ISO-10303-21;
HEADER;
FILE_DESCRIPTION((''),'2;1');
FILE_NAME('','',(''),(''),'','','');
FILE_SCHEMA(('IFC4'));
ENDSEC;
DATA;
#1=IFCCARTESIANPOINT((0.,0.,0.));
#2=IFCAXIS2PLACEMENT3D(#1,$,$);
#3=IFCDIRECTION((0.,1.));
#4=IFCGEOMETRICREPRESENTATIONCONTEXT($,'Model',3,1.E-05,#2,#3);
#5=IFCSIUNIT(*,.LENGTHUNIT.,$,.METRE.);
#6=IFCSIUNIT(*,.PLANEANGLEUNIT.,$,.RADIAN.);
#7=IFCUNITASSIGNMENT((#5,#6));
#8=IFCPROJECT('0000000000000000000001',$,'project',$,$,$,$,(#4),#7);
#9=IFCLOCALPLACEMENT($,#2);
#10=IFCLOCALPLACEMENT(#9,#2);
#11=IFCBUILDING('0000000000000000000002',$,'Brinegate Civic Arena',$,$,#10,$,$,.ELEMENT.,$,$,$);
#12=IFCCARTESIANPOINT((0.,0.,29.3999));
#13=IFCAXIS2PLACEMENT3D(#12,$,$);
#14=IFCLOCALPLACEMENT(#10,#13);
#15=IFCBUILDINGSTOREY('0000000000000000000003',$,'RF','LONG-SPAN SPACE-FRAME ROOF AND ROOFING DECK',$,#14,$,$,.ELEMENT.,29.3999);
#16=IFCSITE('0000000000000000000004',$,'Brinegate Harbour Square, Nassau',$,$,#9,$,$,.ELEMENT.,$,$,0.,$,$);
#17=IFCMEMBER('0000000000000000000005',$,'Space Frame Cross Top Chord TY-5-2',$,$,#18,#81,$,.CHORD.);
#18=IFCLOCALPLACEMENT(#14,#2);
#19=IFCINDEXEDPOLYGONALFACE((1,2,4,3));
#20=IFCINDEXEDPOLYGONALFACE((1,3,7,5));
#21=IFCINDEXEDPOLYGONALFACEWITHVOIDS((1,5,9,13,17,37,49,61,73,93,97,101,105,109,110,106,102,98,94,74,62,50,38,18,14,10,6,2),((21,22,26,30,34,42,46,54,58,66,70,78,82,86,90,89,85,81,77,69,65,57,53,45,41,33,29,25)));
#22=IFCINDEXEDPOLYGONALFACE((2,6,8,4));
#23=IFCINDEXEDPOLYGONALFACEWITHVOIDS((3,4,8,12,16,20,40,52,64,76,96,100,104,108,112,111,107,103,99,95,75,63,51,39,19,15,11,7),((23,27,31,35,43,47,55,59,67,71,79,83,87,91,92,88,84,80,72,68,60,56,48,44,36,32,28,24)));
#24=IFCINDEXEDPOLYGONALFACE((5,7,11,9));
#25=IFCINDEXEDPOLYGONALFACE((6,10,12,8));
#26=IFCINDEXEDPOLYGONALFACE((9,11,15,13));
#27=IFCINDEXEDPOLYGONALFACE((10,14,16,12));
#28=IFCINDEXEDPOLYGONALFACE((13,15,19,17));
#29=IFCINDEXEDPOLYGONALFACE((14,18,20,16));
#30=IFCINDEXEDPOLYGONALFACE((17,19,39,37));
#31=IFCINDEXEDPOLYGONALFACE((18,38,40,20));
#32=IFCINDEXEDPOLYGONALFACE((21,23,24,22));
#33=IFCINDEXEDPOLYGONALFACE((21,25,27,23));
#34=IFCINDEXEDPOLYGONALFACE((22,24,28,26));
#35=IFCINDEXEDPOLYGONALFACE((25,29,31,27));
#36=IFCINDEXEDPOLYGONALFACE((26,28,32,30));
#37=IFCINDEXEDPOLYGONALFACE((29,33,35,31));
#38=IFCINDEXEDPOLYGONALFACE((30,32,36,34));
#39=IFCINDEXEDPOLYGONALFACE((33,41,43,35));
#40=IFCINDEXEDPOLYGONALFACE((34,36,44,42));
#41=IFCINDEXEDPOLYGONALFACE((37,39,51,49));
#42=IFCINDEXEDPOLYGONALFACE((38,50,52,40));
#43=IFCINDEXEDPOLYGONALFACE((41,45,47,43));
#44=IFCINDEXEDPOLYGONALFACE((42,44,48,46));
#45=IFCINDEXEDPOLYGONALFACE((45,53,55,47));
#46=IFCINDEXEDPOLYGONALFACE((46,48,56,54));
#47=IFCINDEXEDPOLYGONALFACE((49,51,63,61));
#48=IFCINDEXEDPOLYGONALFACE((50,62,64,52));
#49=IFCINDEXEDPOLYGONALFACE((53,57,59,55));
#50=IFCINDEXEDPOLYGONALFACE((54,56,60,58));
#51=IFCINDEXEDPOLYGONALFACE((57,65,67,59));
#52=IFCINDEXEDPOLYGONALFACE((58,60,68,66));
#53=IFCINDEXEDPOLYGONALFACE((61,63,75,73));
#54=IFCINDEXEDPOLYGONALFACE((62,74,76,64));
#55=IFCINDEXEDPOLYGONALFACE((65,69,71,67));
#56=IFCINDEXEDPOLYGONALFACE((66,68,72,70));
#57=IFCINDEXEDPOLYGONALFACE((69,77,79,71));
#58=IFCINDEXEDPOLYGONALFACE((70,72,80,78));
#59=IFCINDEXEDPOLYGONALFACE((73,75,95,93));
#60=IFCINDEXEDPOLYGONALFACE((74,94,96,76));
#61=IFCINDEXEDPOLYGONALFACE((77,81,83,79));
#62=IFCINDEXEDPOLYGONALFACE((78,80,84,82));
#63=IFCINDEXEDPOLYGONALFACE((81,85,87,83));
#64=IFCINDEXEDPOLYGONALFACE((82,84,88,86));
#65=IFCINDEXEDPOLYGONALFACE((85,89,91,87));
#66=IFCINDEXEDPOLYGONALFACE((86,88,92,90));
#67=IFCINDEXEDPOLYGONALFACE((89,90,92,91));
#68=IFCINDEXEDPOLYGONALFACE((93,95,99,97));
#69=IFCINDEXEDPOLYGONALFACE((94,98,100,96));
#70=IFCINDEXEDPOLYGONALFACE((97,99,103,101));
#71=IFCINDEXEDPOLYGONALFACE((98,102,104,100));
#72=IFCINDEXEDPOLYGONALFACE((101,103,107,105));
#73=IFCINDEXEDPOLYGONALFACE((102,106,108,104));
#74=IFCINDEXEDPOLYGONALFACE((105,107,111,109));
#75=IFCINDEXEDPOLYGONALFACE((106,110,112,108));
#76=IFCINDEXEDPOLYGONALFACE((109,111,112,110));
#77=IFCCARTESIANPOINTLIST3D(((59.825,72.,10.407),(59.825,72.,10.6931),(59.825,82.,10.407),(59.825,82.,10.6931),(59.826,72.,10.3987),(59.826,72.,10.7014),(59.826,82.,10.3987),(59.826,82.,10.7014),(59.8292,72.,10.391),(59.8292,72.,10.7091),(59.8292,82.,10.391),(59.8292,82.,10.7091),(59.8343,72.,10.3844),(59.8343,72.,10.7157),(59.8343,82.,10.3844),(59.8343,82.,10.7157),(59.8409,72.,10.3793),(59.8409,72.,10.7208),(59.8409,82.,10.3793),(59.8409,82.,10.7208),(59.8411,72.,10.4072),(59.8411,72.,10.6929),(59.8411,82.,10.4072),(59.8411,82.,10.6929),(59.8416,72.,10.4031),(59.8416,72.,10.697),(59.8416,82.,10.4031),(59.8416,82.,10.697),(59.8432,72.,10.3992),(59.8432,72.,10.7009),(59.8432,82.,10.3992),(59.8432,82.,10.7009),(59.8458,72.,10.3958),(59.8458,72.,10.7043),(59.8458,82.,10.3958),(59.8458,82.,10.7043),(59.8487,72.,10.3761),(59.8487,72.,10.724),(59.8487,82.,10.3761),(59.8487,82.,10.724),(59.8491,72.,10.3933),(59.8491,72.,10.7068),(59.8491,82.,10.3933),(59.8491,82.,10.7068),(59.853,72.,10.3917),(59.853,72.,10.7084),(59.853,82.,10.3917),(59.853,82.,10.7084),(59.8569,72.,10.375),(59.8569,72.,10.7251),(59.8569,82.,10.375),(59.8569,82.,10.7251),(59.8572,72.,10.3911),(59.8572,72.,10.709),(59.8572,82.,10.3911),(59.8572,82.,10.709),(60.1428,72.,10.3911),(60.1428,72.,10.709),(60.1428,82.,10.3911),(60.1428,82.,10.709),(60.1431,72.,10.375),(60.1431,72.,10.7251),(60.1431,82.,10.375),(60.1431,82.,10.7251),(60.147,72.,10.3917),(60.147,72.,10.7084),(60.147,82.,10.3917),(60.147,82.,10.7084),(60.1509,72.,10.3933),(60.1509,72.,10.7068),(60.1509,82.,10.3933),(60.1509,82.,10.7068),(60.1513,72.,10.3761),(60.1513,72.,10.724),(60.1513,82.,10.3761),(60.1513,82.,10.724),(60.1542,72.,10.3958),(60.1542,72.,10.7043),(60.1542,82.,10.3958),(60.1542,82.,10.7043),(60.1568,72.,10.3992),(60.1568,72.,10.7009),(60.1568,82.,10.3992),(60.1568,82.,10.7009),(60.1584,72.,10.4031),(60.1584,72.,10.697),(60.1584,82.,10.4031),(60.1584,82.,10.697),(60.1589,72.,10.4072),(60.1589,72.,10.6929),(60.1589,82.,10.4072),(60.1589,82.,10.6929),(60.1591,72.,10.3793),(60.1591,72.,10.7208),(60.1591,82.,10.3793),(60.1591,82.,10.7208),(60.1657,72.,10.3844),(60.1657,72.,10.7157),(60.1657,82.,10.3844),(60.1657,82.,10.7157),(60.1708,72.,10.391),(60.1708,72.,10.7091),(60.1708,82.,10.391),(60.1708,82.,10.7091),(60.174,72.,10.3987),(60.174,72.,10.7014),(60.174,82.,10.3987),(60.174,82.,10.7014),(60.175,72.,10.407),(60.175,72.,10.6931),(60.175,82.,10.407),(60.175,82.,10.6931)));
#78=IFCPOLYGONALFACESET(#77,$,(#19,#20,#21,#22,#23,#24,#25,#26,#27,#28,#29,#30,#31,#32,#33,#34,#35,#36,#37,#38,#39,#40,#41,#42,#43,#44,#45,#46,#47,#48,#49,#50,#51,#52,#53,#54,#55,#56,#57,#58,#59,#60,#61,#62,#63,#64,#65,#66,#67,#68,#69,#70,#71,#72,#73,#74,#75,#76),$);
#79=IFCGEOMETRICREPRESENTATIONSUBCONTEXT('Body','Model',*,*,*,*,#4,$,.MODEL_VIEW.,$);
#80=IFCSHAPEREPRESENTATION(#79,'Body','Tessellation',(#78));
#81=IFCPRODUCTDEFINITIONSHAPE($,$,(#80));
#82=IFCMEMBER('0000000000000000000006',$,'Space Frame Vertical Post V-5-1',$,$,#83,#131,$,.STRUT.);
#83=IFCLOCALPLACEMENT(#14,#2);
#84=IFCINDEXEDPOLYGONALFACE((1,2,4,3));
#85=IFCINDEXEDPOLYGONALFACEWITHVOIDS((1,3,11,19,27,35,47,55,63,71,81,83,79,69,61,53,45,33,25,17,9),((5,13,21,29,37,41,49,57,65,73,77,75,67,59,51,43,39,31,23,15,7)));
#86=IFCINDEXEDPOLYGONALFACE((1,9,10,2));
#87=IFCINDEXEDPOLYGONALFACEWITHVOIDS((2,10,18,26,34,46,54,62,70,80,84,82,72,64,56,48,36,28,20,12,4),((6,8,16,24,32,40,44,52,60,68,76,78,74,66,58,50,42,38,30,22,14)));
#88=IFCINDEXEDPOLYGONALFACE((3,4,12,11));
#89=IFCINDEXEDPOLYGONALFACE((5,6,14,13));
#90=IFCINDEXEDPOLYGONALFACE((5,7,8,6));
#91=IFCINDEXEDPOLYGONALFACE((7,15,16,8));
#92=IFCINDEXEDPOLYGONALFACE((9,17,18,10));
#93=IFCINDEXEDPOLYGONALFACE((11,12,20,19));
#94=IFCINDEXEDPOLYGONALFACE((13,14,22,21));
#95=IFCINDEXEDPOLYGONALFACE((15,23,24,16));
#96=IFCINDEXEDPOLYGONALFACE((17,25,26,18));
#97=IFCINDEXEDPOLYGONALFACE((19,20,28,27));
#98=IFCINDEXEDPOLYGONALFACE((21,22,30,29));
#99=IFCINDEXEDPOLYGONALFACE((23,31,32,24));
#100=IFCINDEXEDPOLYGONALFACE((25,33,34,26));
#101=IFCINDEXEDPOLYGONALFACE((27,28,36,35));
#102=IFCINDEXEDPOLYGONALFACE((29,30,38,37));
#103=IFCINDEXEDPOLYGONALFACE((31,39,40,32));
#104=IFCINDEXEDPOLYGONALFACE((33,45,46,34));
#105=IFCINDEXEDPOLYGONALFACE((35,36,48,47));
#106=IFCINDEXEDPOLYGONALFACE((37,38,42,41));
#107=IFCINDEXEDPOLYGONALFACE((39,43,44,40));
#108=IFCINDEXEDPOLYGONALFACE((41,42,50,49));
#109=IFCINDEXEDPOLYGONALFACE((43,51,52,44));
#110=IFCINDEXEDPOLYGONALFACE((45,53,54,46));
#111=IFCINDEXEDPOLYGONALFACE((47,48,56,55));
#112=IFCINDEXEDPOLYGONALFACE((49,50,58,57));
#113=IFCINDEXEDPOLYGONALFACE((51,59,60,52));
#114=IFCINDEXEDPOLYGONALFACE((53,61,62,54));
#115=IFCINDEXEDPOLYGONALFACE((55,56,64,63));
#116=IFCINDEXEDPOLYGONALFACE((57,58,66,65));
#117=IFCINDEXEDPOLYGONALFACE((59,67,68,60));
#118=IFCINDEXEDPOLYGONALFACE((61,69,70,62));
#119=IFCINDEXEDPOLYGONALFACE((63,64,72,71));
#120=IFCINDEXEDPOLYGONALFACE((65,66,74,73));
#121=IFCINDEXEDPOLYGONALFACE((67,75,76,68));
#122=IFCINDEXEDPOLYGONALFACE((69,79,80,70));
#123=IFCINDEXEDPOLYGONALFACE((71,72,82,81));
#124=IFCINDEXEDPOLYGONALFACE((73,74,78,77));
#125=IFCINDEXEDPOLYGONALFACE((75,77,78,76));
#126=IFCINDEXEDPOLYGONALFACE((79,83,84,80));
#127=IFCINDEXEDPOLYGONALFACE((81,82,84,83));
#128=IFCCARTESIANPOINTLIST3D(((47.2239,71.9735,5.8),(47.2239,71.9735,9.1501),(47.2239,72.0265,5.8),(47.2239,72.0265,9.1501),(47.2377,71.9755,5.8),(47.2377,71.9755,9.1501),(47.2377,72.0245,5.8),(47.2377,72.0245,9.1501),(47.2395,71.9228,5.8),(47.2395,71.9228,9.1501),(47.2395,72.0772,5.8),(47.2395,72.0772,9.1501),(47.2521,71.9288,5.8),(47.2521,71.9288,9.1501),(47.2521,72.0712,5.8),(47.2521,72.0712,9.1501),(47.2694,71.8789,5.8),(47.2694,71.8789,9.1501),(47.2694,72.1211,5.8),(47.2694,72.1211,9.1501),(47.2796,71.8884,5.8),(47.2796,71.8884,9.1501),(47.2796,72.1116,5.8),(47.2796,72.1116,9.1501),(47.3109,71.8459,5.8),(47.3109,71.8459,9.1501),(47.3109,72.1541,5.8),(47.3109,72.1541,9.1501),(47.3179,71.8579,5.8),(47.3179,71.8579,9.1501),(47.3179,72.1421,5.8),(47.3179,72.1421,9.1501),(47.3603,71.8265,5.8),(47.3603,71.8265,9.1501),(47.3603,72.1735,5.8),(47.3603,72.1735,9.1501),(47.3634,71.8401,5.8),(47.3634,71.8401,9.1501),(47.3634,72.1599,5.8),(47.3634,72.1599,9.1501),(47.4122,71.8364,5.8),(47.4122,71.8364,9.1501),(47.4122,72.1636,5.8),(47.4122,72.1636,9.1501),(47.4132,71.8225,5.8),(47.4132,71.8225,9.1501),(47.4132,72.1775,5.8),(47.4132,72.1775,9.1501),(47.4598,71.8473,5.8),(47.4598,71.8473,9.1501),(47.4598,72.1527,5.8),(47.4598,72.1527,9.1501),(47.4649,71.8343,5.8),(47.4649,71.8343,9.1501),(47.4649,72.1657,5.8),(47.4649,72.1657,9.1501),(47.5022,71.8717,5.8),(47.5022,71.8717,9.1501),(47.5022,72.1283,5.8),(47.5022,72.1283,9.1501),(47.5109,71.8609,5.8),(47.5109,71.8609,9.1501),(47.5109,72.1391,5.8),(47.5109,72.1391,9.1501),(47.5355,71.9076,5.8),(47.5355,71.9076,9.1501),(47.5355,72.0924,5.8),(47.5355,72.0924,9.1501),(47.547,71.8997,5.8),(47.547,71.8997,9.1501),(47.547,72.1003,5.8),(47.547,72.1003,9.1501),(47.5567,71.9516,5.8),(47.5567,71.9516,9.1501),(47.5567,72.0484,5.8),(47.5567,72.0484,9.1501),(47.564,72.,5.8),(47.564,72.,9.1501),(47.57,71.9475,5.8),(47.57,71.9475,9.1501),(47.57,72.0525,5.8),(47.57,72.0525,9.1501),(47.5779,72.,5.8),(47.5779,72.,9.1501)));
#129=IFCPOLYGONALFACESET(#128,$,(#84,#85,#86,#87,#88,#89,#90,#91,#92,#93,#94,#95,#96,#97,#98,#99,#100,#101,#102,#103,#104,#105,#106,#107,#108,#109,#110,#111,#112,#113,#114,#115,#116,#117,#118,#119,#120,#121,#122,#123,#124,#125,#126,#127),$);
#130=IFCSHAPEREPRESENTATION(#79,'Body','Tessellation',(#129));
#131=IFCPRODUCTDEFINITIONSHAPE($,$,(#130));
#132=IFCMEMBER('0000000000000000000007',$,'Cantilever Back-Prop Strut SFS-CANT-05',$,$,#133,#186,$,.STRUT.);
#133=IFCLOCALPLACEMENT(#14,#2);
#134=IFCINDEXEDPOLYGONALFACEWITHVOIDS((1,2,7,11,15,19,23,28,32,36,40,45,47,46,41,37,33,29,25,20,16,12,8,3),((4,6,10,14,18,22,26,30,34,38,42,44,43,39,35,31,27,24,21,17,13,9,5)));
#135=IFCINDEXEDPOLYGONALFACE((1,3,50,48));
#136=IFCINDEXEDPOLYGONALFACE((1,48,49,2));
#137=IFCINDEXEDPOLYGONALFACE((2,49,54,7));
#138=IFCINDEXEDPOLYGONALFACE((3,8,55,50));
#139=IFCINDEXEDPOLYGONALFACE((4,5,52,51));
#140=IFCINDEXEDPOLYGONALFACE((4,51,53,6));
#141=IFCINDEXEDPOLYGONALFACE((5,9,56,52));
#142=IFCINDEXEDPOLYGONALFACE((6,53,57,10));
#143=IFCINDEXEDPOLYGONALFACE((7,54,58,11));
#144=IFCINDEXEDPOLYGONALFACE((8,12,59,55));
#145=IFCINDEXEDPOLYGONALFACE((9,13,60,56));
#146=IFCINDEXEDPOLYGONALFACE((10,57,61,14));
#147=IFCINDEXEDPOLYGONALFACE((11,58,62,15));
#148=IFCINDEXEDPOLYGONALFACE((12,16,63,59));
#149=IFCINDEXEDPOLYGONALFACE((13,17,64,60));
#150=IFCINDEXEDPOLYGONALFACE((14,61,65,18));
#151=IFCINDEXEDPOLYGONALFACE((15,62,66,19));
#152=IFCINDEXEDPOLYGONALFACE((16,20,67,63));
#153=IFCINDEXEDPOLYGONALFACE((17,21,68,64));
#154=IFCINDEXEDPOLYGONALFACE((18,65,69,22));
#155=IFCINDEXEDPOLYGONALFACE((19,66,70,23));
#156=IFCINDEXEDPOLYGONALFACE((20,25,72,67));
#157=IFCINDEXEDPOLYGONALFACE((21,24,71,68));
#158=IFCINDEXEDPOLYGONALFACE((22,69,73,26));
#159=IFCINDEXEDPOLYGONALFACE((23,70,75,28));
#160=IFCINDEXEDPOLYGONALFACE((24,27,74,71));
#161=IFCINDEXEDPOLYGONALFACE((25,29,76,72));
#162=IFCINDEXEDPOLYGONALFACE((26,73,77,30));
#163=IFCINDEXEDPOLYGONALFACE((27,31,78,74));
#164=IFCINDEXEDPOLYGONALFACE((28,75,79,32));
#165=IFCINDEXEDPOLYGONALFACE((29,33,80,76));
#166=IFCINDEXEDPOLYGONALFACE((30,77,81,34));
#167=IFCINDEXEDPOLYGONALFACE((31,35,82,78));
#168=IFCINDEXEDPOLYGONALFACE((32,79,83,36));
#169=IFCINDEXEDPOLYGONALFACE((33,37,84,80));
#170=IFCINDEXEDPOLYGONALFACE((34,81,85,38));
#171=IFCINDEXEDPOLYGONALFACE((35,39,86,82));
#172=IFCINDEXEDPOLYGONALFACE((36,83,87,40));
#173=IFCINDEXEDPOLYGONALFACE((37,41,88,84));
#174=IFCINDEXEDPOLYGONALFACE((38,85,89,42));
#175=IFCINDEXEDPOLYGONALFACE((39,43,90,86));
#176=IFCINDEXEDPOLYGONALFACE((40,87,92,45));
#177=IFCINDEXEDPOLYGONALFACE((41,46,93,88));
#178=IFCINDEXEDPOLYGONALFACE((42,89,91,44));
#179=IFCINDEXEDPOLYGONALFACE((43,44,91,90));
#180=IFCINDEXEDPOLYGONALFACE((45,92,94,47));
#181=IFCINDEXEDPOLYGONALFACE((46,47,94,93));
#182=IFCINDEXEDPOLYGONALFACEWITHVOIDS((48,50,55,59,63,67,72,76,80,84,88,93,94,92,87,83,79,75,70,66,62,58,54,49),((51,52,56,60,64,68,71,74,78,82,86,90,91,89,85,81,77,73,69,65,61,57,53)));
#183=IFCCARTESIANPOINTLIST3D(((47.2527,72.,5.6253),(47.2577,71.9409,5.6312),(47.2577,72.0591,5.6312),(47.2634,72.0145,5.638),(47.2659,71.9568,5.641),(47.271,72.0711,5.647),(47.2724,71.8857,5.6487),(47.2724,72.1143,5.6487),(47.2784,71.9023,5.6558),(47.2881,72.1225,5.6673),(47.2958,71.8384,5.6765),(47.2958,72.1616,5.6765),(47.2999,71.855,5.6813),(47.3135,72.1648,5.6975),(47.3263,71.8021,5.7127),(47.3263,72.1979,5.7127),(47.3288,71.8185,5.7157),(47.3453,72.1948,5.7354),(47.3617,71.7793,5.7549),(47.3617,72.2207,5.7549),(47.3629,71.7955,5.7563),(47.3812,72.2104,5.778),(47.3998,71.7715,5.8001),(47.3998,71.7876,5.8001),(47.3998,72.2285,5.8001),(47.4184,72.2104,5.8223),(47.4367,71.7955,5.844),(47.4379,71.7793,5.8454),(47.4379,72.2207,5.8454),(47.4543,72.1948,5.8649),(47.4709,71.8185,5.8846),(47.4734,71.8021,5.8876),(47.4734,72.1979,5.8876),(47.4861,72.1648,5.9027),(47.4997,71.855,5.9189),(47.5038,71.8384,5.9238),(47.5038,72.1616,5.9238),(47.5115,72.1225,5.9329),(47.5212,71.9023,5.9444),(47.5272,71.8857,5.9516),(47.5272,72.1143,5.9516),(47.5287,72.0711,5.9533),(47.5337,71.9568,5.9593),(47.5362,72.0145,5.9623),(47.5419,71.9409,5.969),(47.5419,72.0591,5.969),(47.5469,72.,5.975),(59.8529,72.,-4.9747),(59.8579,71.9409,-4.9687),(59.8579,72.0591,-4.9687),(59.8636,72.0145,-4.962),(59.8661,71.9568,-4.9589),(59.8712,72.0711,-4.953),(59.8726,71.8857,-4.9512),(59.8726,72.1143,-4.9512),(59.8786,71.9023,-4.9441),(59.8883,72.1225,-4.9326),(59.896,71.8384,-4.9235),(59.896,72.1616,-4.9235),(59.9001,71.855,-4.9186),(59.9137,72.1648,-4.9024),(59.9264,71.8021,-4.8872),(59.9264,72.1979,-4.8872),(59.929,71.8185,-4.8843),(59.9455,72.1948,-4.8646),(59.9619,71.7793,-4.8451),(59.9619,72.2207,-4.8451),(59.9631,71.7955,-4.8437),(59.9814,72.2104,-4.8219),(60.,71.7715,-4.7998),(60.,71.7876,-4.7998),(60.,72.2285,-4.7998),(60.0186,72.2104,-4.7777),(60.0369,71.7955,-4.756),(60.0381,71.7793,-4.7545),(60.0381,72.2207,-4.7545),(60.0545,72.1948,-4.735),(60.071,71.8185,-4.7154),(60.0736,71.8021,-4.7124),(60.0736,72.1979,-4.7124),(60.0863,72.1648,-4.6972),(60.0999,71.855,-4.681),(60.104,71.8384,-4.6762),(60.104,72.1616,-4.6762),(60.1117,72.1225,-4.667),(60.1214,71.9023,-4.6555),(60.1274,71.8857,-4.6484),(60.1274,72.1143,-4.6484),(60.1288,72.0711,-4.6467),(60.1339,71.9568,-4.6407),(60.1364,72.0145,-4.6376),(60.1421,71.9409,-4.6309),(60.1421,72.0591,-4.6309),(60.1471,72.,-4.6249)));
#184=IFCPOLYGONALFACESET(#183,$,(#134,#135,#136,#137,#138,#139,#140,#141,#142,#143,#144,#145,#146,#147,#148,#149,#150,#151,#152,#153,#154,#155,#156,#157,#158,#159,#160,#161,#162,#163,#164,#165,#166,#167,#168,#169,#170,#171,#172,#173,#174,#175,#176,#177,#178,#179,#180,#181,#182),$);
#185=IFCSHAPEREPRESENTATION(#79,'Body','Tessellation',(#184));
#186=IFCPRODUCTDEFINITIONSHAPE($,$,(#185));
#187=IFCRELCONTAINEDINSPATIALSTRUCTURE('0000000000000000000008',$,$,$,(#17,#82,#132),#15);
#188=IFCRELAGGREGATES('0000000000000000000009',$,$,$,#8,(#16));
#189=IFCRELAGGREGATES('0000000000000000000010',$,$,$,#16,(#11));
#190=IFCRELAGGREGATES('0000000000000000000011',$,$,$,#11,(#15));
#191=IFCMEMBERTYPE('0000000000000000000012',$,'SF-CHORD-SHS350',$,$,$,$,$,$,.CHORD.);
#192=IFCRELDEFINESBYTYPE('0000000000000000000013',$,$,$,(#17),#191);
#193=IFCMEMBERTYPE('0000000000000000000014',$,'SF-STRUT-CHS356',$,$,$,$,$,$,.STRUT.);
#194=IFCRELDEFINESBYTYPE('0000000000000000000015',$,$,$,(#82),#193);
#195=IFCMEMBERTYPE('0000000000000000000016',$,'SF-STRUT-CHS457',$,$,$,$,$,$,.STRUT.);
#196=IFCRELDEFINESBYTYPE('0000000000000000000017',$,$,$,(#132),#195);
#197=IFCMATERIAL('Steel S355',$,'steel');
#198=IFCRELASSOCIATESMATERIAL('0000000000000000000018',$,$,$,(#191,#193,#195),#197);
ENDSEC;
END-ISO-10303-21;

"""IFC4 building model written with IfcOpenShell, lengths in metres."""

from ifc_helpers import new_model, si_unit, direction, frame, origin, origin_2d, place, context, subcontext, project, spatial, hollow_rectangle, hollow_circle, extrude, material, material_profile, profile_set, type_object, element, save


model = new_model("IFC4")

# Units and contexts
model_context = context("Model", 3, precision=1e-05, world=origin(), true_north=direction((0.0, 1.0)))
body_context = subcontext(model_context, "Body", "Model", "MODEL_VIEW")
ifc_project = project(units=[si_unit("LENGTHUNIT", "METRE"), si_unit("PLANEANGLEUNIT", "RADIAN")], contexts=[model_context])

# Site, building, storey
site_placement = place(None, origin())
site = spatial("IfcSite", under=ifc_project, at=site_placement, Name="Brinegate Harbour Square, Nassau", CompositionType="ELEMENT", RefElevation=0.0)
building_placement = place(site_placement, origin())
building = spatial("IfcBuilding", under=site, at=building_placement, Name="Brinegate Civic Arena", CompositionType="ELEMENT")
storey_placement = place(building_placement, frame((0.0, 0.0, 29.3999)))
storey = spatial("IfcBuildingStorey", under=building, at=storey_placement, Name="RF", Description="LONG-SPAN SPACE-FRAME ROOF AND ROOFING DECK", CompositionType="ELEMENT", Elevation=29.3999)

# Shared definitions
ifc_material_1 = material(Name="Steel S355", Category="steel")

# Members
ifc_material_profile_1 = material_profile(ifc_material_1, hollow_rectangle(XDim=0.3501, YDim=0.3501, WallThickness=0.0161, InnerFilletRadius=0.0161, OuterFilletRadius=0.032, at=origin_2d()), Name="SHS350X16")
ifc_profile_set_1 = profile_set([ifc_material_profile_1], Name="Steel S355")
member_type_1 = type_object("IfcMemberType", Name="SF-CHORD-SHS350", PredefinedType="CHORD", material=ifc_profile_set_1)
for number, where, z_axis, x_axis, name in (
    (1, (60.0, 72.0, 10.55), (0.0, 1.0, 0.0), (-1.0, 0.0, 0.0), "Space Frame Cross Top Chord TY-5-2"),
):
    element("IfcMember", number, at=place(storey_placement, frame(where, z_axis=z_axis, x_axis=x_axis)), inside=storey, type_object=member_type_1, Name=name, PredefinedType="CHORD", context=body_context, shape_type="SweptSolid", body=[
        extrude(hollow_rectangle(XDim=0.3501, YDim=0.3501, WallThickness=0.0161, InnerFilletRadius=0.0161, OuterFilletRadius=0.032, at=origin_2d()), origin(), (0.0, 0.0, 1.0), 10.0),
    ])
ifc_material_profile_2 = material_profile(ifc_material_1, hollow_circle(Radius=0.178, WallThickness=0.0139, at=origin_2d()), Name="CHS356X14")
ifc_profile_set_2 = profile_set([ifc_material_profile_2], Name="Steel S355")
member_type_2 = type_object("IfcMemberType", Name="SF-STRUT-CHS356", PredefinedType="STRUT", material=ifc_profile_set_2)
member_1_placement = place(storey_placement, frame((47.3999, 72.0, 5.8), z_axis=(0.0, 0.0, 1.0), x_axis=(1.0, 0.0, 0.0)))
element("IfcMember", 2, at=member_1_placement, inside=storey, type_object=member_type_2, Name="Space Frame Vertical Post V-5-1", PredefinedType="STRUT", context=body_context, shape_type="SweptSolid", body=[
    extrude(hollow_circle(Radius=0.178, WallThickness=0.0139, at=origin_2d()), origin(), (0.0, 0.0, 1.0), 3.3501),
])
ifc_material_profile_3 = material_profile(ifc_material_1, hollow_circle(Radius=0.2285, WallThickness=0.0161, at=origin_2d()), Name="CHS457X16")
ifc_profile_set_3 = profile_set([ifc_material_profile_3], Name="Steel S355")
member_type_3 = type_object("IfcMemberType", Name="SF-STRUT-CHS457", PredefinedType="STRUT", material=ifc_profile_set_3)
member_2_placement = place(storey_placement, frame((60.0, 72.0, -4.7998), z_axis=(-0.765233, 0.0, 0.643753), x_axis=(0.0, -1.0, 0.0)))
element("IfcMember", 3, at=member_2_placement, inside=storey, type_object=member_type_3, Name="Cantilever Back-Prop Strut SFS-CANT-05", PredefinedType="STRUT", context=body_context, shape_type="SweptSolid", body=[
    extrude(hollow_circle(Radius=0.2285, WallThickness=0.0161, at=origin_2d()), origin(), (0.0, 0.0, 1.0), 16.4658),
])

save(model, "model.ifc")
